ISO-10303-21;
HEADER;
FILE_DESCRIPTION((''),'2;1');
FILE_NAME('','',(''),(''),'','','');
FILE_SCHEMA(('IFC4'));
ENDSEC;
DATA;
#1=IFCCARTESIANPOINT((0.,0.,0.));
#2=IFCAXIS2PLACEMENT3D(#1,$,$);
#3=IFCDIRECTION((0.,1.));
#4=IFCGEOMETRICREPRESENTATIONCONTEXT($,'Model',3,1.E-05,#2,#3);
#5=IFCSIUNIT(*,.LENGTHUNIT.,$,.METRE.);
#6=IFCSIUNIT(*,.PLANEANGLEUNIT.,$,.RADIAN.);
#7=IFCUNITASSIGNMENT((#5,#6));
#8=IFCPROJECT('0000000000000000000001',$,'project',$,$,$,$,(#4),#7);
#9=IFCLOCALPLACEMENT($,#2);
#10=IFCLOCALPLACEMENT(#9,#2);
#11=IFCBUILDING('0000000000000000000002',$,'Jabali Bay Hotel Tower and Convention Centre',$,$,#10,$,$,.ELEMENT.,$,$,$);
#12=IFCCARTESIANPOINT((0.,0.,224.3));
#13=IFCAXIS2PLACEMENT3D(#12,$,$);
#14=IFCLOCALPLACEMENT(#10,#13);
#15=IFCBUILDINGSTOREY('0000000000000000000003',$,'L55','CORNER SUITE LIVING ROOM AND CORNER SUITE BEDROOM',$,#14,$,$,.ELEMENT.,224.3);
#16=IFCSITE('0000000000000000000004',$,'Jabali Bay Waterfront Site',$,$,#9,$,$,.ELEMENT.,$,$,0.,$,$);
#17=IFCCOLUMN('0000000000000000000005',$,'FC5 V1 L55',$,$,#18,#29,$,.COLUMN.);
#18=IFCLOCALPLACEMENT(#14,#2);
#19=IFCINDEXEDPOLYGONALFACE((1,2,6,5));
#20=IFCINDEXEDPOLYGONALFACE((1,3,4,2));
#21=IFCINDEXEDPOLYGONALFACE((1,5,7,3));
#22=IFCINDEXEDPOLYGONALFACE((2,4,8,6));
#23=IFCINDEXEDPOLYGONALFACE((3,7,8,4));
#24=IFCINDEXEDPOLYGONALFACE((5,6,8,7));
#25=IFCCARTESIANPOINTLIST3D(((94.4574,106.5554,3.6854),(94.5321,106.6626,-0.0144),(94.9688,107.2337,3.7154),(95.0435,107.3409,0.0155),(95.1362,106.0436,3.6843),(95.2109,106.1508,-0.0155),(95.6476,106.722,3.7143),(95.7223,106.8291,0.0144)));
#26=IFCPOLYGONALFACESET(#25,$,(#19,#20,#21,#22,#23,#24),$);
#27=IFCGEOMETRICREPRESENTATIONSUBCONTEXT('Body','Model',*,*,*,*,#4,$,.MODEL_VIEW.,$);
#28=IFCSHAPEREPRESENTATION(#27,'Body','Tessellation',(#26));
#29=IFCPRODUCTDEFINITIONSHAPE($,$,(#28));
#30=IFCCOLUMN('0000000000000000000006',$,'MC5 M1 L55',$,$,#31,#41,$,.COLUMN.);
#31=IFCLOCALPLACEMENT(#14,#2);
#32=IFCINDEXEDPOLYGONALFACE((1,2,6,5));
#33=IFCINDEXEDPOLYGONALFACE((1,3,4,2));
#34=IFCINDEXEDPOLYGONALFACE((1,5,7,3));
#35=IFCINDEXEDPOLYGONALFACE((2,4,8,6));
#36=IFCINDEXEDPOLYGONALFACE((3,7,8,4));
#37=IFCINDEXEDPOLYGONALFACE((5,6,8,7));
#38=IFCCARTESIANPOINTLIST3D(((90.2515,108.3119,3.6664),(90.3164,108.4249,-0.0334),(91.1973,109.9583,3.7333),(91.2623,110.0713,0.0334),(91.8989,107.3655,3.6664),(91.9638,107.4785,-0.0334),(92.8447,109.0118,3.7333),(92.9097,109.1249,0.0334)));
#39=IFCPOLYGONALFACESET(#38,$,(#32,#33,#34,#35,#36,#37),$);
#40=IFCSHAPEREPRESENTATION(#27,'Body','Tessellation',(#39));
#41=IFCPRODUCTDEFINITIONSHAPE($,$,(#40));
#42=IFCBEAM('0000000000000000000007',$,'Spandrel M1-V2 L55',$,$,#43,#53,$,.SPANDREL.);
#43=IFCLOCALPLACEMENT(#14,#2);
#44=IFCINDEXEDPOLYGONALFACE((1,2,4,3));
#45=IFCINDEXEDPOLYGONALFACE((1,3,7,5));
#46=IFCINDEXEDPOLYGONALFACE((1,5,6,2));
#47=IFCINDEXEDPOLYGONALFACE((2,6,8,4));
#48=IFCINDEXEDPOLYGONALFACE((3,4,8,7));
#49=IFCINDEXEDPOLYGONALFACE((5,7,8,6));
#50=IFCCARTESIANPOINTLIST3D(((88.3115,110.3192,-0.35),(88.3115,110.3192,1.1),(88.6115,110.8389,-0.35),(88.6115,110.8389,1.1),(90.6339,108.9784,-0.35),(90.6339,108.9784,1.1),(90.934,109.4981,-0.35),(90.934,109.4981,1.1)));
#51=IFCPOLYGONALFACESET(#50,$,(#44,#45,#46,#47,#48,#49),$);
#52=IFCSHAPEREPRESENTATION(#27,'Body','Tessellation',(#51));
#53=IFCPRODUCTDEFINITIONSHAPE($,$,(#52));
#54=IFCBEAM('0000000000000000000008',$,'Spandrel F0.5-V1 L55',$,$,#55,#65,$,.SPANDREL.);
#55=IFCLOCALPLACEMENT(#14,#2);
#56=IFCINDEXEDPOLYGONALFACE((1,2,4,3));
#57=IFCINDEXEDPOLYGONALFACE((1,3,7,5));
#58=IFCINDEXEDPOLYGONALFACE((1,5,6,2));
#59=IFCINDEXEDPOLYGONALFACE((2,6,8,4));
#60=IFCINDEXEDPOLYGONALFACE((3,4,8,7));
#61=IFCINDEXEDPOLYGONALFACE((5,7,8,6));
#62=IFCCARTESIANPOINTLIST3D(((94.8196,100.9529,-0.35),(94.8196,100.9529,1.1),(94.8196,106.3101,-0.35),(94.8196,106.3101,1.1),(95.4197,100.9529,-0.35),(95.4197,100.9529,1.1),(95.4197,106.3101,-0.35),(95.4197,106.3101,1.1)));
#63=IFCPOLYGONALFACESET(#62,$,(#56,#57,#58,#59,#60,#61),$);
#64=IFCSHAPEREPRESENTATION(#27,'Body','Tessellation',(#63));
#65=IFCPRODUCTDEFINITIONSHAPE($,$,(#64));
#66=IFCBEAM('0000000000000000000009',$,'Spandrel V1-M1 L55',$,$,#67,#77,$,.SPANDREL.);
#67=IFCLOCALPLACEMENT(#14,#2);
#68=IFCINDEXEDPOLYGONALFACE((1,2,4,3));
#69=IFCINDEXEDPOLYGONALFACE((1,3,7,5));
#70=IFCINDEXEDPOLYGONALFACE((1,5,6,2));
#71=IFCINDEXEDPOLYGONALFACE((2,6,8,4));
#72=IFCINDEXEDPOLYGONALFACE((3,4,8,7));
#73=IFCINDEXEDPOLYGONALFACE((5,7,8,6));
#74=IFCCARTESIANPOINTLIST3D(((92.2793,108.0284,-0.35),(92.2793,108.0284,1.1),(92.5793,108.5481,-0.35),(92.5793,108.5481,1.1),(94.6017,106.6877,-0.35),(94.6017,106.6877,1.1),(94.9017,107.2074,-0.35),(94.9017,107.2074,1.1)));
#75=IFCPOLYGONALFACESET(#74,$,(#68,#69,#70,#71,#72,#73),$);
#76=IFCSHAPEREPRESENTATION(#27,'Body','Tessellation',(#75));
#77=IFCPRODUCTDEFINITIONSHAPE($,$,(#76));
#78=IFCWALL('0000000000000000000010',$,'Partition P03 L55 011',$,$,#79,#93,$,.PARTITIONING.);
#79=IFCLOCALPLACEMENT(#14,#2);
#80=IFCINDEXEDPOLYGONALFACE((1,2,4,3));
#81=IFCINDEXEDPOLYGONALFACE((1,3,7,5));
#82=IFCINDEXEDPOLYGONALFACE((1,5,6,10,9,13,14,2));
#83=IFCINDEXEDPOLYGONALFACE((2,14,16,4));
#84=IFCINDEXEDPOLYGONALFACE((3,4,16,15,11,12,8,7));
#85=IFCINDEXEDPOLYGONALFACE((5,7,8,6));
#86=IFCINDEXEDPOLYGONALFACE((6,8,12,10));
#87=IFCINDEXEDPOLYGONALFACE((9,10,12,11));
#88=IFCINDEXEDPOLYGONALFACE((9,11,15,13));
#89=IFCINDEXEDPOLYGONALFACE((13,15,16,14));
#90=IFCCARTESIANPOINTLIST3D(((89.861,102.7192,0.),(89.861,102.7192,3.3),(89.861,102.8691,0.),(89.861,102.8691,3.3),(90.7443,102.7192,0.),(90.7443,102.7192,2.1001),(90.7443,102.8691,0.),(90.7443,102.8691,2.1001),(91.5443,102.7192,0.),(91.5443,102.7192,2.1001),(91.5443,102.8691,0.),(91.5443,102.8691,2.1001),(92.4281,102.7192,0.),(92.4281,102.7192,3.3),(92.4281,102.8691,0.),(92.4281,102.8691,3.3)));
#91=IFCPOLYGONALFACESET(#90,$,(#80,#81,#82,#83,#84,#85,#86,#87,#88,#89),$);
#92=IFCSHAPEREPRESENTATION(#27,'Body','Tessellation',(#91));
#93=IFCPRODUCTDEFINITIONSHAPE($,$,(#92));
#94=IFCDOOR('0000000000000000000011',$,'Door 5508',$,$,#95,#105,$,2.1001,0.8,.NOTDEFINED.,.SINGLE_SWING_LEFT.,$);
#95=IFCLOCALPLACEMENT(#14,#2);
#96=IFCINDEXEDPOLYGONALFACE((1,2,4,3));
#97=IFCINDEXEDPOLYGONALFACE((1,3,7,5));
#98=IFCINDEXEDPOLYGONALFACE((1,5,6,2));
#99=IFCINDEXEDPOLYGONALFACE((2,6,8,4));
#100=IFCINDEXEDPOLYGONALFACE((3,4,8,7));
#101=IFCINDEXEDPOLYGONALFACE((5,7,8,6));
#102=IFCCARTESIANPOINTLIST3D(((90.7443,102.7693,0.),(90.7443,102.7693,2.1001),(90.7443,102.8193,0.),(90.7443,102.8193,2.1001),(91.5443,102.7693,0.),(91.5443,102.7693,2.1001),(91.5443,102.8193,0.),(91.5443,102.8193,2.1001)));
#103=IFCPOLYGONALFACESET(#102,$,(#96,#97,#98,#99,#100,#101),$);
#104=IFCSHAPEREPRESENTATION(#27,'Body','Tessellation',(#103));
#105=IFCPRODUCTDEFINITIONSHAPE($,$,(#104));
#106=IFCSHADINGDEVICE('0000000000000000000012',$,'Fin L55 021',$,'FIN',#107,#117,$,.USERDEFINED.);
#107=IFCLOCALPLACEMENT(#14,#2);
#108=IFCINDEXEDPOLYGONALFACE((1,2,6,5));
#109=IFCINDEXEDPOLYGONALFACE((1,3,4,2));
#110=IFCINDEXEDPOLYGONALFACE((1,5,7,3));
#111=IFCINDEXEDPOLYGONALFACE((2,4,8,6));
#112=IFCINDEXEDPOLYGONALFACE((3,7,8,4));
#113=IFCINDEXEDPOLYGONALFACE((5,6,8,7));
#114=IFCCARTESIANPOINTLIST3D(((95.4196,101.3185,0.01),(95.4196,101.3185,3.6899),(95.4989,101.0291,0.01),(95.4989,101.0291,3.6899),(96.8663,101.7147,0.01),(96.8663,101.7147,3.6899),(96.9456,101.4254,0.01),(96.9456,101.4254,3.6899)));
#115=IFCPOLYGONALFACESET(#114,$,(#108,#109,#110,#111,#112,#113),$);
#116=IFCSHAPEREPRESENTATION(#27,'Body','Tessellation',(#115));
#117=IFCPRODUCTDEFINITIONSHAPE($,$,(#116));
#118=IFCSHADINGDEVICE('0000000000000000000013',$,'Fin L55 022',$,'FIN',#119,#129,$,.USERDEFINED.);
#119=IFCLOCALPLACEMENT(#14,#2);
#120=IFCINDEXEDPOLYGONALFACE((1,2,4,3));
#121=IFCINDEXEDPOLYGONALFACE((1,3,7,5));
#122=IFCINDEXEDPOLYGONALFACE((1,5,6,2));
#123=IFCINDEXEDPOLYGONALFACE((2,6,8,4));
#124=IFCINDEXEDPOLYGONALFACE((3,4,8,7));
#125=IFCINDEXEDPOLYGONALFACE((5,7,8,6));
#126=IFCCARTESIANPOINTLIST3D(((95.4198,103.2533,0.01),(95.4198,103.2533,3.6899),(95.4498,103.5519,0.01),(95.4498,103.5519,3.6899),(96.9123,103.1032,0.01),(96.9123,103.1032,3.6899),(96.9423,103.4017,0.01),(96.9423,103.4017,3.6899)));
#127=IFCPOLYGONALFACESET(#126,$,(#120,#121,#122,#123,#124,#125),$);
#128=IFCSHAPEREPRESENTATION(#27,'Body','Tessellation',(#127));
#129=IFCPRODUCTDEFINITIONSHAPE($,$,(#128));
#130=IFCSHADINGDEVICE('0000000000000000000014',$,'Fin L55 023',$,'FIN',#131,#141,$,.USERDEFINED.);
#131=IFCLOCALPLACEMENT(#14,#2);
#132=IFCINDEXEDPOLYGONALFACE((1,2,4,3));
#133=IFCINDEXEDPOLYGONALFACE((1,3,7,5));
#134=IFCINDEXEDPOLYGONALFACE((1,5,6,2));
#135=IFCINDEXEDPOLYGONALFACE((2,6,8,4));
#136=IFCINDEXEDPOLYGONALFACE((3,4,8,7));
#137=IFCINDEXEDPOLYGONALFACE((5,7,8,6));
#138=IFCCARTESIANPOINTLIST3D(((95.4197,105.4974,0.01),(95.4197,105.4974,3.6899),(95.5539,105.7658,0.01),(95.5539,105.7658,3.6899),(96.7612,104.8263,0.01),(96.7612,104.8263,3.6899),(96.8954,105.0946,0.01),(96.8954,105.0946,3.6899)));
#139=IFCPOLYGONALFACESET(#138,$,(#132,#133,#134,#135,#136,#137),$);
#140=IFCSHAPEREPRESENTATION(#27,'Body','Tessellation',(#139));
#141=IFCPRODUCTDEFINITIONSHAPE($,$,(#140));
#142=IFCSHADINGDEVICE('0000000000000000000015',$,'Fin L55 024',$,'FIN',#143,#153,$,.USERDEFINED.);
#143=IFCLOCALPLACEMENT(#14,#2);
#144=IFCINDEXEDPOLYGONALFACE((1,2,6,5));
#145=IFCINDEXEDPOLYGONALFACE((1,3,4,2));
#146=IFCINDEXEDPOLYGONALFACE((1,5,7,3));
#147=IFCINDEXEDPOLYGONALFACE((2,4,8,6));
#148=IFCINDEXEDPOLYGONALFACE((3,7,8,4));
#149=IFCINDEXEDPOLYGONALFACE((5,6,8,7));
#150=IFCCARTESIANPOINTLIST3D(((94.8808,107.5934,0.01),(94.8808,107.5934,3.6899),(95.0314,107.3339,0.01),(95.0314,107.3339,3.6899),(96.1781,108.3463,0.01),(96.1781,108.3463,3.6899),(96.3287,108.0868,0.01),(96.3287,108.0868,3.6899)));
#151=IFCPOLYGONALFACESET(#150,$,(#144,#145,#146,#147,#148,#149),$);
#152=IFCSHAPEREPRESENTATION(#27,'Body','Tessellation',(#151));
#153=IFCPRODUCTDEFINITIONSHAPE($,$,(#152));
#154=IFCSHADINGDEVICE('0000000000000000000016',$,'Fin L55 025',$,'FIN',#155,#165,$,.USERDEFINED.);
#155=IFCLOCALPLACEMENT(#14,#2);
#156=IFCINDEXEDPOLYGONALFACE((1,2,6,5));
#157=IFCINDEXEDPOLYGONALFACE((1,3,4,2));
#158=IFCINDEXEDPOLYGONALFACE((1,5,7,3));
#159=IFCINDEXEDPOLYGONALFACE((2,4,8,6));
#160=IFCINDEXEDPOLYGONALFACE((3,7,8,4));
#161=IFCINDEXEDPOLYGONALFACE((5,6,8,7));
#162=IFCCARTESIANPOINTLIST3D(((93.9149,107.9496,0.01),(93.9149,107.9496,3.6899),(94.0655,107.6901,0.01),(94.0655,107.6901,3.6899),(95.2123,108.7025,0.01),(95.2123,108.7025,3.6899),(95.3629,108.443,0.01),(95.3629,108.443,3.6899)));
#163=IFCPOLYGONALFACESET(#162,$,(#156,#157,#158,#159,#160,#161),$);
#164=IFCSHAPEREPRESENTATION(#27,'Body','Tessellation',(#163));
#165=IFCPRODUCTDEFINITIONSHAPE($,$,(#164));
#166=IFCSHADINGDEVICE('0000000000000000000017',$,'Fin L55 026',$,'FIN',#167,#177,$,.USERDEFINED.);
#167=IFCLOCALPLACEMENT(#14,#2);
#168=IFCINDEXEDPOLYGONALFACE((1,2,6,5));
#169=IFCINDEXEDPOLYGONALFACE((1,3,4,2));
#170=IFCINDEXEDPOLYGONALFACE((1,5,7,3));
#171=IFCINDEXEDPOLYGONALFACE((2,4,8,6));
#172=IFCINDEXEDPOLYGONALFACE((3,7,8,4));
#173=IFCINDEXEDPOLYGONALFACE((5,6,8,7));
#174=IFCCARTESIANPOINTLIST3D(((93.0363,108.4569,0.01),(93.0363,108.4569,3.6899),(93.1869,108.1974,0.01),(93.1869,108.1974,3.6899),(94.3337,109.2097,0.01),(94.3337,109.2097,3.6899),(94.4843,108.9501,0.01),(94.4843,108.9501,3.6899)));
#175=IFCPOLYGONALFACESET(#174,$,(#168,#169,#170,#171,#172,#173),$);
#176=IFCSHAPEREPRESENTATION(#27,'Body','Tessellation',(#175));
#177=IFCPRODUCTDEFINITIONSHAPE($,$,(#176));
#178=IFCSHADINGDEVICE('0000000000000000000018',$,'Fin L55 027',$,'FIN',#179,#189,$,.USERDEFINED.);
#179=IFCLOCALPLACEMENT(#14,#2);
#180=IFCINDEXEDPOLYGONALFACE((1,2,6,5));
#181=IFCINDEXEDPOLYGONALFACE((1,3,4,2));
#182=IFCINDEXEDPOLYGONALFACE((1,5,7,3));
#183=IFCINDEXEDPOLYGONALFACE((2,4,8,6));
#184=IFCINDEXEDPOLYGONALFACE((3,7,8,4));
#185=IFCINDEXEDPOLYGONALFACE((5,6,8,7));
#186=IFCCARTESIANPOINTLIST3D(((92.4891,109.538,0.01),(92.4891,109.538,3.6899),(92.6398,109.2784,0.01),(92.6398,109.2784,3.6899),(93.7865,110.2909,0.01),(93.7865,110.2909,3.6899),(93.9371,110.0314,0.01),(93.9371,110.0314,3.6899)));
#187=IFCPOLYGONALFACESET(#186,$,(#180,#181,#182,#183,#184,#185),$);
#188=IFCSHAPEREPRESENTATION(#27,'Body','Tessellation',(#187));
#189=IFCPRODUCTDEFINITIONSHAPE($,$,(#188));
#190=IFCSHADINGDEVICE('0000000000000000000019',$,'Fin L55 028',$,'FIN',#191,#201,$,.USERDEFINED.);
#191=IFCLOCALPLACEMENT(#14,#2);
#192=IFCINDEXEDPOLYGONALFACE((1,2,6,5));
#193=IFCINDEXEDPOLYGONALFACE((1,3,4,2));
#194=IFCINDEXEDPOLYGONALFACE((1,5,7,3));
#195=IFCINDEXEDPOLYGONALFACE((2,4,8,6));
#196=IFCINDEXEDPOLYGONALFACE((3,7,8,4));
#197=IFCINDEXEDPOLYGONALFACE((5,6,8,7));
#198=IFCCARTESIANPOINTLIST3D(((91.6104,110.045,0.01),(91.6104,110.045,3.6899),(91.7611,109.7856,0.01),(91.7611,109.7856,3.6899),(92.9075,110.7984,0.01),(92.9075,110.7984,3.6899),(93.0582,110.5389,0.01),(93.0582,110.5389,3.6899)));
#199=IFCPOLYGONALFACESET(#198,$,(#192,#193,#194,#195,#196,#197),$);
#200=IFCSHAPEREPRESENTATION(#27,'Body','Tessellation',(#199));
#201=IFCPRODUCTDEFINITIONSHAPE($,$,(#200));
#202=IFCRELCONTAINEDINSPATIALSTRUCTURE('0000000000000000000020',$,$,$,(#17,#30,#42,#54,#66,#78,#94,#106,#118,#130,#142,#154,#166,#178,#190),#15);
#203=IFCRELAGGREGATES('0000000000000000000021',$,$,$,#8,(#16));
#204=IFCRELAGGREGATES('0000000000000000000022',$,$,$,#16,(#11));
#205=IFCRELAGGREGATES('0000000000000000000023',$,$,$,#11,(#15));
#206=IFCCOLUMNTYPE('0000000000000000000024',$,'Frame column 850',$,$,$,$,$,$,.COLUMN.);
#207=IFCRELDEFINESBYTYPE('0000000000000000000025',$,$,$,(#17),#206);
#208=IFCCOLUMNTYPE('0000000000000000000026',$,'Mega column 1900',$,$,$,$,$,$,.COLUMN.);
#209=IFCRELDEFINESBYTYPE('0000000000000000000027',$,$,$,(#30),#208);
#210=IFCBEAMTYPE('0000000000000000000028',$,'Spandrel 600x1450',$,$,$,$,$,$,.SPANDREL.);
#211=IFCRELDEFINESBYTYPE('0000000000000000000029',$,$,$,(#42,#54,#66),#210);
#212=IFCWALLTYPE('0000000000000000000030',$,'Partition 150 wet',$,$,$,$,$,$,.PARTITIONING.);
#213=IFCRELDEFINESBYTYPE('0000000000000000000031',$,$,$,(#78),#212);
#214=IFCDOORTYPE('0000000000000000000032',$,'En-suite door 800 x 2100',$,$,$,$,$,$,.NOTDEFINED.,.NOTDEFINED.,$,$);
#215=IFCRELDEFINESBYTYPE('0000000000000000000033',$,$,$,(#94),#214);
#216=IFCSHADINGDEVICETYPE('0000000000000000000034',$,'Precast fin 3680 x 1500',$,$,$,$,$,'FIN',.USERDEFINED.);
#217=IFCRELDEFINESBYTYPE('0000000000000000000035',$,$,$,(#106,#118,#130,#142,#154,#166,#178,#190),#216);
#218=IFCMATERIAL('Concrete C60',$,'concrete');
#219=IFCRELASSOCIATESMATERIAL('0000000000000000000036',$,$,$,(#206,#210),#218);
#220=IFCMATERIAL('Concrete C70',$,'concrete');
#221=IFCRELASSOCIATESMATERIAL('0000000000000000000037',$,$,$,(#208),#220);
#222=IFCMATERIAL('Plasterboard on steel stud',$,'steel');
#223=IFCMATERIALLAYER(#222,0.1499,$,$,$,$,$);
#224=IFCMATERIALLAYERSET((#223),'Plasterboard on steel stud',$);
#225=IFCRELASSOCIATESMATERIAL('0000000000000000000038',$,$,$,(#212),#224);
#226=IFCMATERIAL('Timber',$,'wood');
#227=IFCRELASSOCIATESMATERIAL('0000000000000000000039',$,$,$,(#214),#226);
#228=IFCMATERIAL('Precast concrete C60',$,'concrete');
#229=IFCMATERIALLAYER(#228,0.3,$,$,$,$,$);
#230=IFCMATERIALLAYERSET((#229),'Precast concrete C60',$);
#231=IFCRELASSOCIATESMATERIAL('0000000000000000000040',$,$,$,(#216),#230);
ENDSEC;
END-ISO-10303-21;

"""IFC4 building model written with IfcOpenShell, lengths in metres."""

from ifc_helpers import new_model, si_unit, direction, frame, frame_2d, origin, origin_2d, place, context, subcontext, project, spatial, rectangle, extrude, material, layer, layer_set, material_profile, profile_set, type_object, element, fill, save


model = new_model("IFC4")

# Units and contexts
model_context = context("Model", 3, precision=1e-05, world=origin(), true_north=direction((0.0, 1.0)))
body_context = subcontext(model_context, "Body", "Model", "MODEL_VIEW")
ifc_project = project(units=[si_unit("LENGTHUNIT", "METRE"), si_unit("PLANEANGLEUNIT", "RADIAN")], contexts=[model_context])

# Site, building, storey
site_placement = place(None, origin())
site = spatial("IfcSite", under=ifc_project, at=site_placement, Name="Jabali Bay Waterfront Site", CompositionType="ELEMENT", RefElevation=0.0)
building_placement = place(site_placement, origin())
building = spatial("IfcBuilding", under=site, at=building_placement, Name="Jabali Bay Hotel Tower and Convention Centre", CompositionType="ELEMENT")
storey_placement = place(building_placement, frame((0.0, 0.0, 224.3)))
storey = spatial("IfcBuildingStorey", under=building, at=storey_placement, Name="L55", Description="CORNER SUITE LIVING ROOM AND CORNER SUITE BEDROOM", CompositionType="ELEMENT", Elevation=224.3)

# Columns
ifc_material_1 = material(Name="Concrete C60", Category="concrete")
ifc_material_profile_1 = material_profile(ifc_material_1, rectangle(XDim=0.8501, YDim=0.8501, at=origin_2d()), Name="Frame column 850")
ifc_profile_set_1 = profile_set([ifc_material_profile_1], Name="Concrete C60")
column_type_1 = type_object("IfcColumnType", Name="Frame column 850", PredefinedType="COLUMN", material=ifc_profile_set_1)
column_1_placement = place(storey_placement, frame((95.1272, 106.7458, 0.0), z_axis=(-0.020179, -0.028949, 0.999377), x_axis=(0.601666, 0.797969, 0.035263)))
element("IfcColumn", 1, at=column_1_placement, inside=storey, type_object=column_type_1, Name="FC5 V1 L55", PredefinedType="COLUMN", context=body_context, shape_type="SweptSolid", body=[
    extrude(rectangle(XDim=0.8501, YDim=0.8501, at=origin_2d()), origin(), (0.0, 0.0, 1.0), 3.7021),
])
ifc_material_2 = material(Name="Concrete C70", Category="concrete")
ifc_material_profile_2 = material_profile(ifc_material_2, rectangle(XDim=1.8999, YDim=1.8999, at=origin_2d()), Name="Mega column 1900")
ifc_profile_set_2 = profile_set([ifc_material_profile_2], Name="Concrete C70")
column_type_2 = type_object("IfcColumnType", Name="Mega column 1900", PredefinedType="COLUMN", material=ifc_profile_set_2)
column_2_placement = place(storey_placement, frame((91.613, 108.7749, 0.0), z_axis=(-0.017541, -0.030532, 0.99938), x_axis=(0.86709, -0.498151, 0.0)))
element("IfcColumn", 2, at=column_2_placement, inside=storey, type_object=column_type_2, Name="MC5 M1 L55", PredefinedType="COLUMN", context=body_context, shape_type="SweptSolid", body=[
    extrude(rectangle(XDim=1.8999, YDim=1.8999, at=origin_2d()), origin(), (0.0, 0.0, 1.0), 3.7021),
])

# Beams
ifc_material_profile_3 = material_profile(ifc_material_1, rectangle(XDim=0.6001, YDim=1.45, at=origin_2d()), Name="Spandrel 600x1450")
ifc_profile_set_3 = profile_set([ifc_material_profile_3], Name="Concrete C60")
beam_type = type_object("IfcBeamType", Name="Spandrel 600x1450", PredefinedType="SPANDREL", material=ifc_profile_set_3)
beam_1_placement = place(storey_placement, frame((90.7839, 109.2383, 0.375), z_axis=(-0.866039, 0.499977, 0.0), x_axis=(-0.499977, -0.866039, 0.0)))
element("IfcBeam", 3, at=beam_1_placement, inside=storey, type_object=beam_type, Name="Spandrel M1-V2 L55", PredefinedType="SPANDREL", context=body_context, shape_type="SweptSolid", body=[
    extrude(rectangle(XDim=0.6001, YDim=1.45, at=origin_2d()), origin(), (0.0, 0.0, 1.0), 2.6816),
])
beam_2_placement = place(storey_placement, frame((95.1196, 100.9529, 0.375), z_axis=(0.0, 1.0, 0.0), x_axis=(-1.0, 0.0, 0.0)))
element("IfcBeam", 4, at=beam_2_placement, inside=storey, type_object=beam_type, Name="Spandrel F0.5-V1 L55", PredefinedType="SPANDREL", context=body_context, shape_type="SweptSolid", body=[
    extrude(rectangle(XDim=0.6001, YDim=1.45, at=origin_2d()), origin(), (0.0, 0.0, 1.0), 5.3572),
])
beam_3_placement = place(storey_placement, frame((94.7517, 106.9475, 0.375), z_axis=(-0.866039, 0.499977, 0.0), x_axis=(-0.499977, -0.866039, 0.0)))
element("IfcBeam", 5, at=beam_3_placement, inside=storey, type_object=beam_type, Name="Spandrel V1-M1 L55", PredefinedType="SPANDREL", context=body_context, shape_type="SweptSolid", body=[
    extrude(rectangle(XDim=0.6001, YDim=1.45, at=origin_2d()), origin(), (0.0, 0.0, 1.0), 2.6816),
])

# Wall, opening, door
ifc_material_3 = material(Name="Plasterboard on steel stud", Category="steel")
ifc_layer_1 = layer(ifc_material_3, 0.1499)
ifc_layer_set_1 = layer_set([ifc_layer_1], Name="Plasterboard on steel stud")
wall_type_1 = type_object("IfcWallType", Name="Partition 150 wet", PredefinedType="PARTITIONING", material=ifc_layer_set_1)
wall_1_placement = place(storey_placement, frame((92.4282, 102.7942, 0.0), z_axis=(0.0, 0.0, 1.0), x_axis=(-1.0, 0.0, 0.0)))
wall_1 = element("IfcWall", 6, at=wall_1_placement, inside=storey, type_object=wall_type_1, Name="Partition P03 L55 011", PredefinedType="PARTITIONING", context=body_context, shape_type="SweptSolid", body=[
    extrude(rectangle(XDim=2.5671, YDim=0.1499, at=frame_2d((1.2837, 0.0))), origin(), (0.0, 0.0, 1.0), 3.3),
])
opening_1_placement = place(wall_1_placement, frame((0.884, 0.0, 0.0)))
opening_1 = element("IfcOpeningElement", 7, at=opening_1_placement, cuts=wall_1, PredefinedType="OPENING", context=body_context, shape_type="SweptSolid", body=[
    extrude(rectangle(XDim=0.8, YDim=2.1001, at=frame_2d((0.3999, 1.05))), frame((0.0, 0.0854, 0.0), z_axis=(0.0, -1.0, 0.0), x_axis=(1.0, 0.0, 0.0)), (0.0, 0.0, 1.0), 0.1709),
])
ifc_material_4 = material(Name="Timber", Category="wood")
door_type_1 = type_object("IfcDoorType", Name="En-suite door 800 x 2100", OperationType="NOTDEFINED", PredefinedType="NOTDEFINED", material=ifc_material_4)
door_1_placement = place(opening_1_placement, origin())
door_1 = element("IfcDoor", 8, at=door_1_placement, inside=storey, type_object=door_type_1, Name="Door 5508", OperationType="SINGLE_SWING_LEFT", OverallHeight=2.1001, OverallWidth=0.8, PredefinedType="NOTDEFINED", context=body_context, shape_type="SweptSolid", body=[
    extrude(rectangle(XDim=0.8, YDim=2.1001, at=frame_2d((0.3999, 1.05))), frame((0.0, 0.0249, 0.0), z_axis=(0.0, -1.0, 0.0), x_axis=(1.0, 0.0, 0.0)), (0.0, 0.0, 1.0), 0.05),
])
fill(opening_1, door_1)

# Shading devices
ifc_material_5 = material(Name="Precast concrete C60", Category="concrete")
ifc_layer_2 = layer(ifc_material_5, 0.3)
ifc_layer_set_2 = layer_set([ifc_layer_2], Name="Precast concrete C60")
shading_device_type = type_object("IfcShadingDeviceType", Name="Precast fin 3680 x 1500", ElementType="FIN", PredefinedType="USERDEFINED", material=ifc_layer_set_2)
for number, where, z_axis, x_axis, name in (
    (9, (95.4592, 101.1738, 0.01), (0.0, 0.0, 1.0), (0.964482, 0.26415, 0.0), "Fin L55 021"),
    (10, (95.4348, 103.4026, 0.01), (0.0, 0.0, 1.0), (0.994977, -0.1001, 0.0), "Fin L55 022"),
    (11, (95.4868, 105.6316, 0.01), (0.0, 0.0, 1.0), (0.89433, -0.447409, 0.0), "Fin L55 023"),
    (12, (94.9561, 107.4636, 0.01), (0.0, 0.0, 1.0), (0.864898, 0.501947, 0.0), "Fin L55 024"),
    (13, (93.9902, 107.8198, 0.01), (0.0, 0.0, 1.0), (0.864898, 0.501947, 0.0), "Fin L55 025"),
    (14, (93.1116, 108.3271, 0.01), (0.0, 0.0, 1.0), (0.864969, 0.501825, 0.0), "Fin L55 026"),
    (15, (92.5645, 109.4082, 0.01), (0.0, 0.0, 1.0), (0.864898, 0.501947, 0.0), "Fin L55 027"),
    (16, (91.6858, 109.9153, 0.01), (0.0, 0.0, 1.0), (0.864716, 0.502261, 0.0), "Fin L55 028"),
):
    element("IfcShadingDevice", number, at=place(storey_placement, frame(where, z_axis=z_axis, x_axis=x_axis)), inside=storey, type_object=shading_device_type, Name=name, ObjectType="FIN", PredefinedType="USERDEFINED", context=body_context, shape_type="SweptSolid", body=[
        extrude(rectangle(XDim=1.5, YDim=0.3, at=frame_2d((0.75, 0.0))), origin(), (0.0, 0.0, 1.0), 3.6799),
    ])

save(model, "model.ifc")
